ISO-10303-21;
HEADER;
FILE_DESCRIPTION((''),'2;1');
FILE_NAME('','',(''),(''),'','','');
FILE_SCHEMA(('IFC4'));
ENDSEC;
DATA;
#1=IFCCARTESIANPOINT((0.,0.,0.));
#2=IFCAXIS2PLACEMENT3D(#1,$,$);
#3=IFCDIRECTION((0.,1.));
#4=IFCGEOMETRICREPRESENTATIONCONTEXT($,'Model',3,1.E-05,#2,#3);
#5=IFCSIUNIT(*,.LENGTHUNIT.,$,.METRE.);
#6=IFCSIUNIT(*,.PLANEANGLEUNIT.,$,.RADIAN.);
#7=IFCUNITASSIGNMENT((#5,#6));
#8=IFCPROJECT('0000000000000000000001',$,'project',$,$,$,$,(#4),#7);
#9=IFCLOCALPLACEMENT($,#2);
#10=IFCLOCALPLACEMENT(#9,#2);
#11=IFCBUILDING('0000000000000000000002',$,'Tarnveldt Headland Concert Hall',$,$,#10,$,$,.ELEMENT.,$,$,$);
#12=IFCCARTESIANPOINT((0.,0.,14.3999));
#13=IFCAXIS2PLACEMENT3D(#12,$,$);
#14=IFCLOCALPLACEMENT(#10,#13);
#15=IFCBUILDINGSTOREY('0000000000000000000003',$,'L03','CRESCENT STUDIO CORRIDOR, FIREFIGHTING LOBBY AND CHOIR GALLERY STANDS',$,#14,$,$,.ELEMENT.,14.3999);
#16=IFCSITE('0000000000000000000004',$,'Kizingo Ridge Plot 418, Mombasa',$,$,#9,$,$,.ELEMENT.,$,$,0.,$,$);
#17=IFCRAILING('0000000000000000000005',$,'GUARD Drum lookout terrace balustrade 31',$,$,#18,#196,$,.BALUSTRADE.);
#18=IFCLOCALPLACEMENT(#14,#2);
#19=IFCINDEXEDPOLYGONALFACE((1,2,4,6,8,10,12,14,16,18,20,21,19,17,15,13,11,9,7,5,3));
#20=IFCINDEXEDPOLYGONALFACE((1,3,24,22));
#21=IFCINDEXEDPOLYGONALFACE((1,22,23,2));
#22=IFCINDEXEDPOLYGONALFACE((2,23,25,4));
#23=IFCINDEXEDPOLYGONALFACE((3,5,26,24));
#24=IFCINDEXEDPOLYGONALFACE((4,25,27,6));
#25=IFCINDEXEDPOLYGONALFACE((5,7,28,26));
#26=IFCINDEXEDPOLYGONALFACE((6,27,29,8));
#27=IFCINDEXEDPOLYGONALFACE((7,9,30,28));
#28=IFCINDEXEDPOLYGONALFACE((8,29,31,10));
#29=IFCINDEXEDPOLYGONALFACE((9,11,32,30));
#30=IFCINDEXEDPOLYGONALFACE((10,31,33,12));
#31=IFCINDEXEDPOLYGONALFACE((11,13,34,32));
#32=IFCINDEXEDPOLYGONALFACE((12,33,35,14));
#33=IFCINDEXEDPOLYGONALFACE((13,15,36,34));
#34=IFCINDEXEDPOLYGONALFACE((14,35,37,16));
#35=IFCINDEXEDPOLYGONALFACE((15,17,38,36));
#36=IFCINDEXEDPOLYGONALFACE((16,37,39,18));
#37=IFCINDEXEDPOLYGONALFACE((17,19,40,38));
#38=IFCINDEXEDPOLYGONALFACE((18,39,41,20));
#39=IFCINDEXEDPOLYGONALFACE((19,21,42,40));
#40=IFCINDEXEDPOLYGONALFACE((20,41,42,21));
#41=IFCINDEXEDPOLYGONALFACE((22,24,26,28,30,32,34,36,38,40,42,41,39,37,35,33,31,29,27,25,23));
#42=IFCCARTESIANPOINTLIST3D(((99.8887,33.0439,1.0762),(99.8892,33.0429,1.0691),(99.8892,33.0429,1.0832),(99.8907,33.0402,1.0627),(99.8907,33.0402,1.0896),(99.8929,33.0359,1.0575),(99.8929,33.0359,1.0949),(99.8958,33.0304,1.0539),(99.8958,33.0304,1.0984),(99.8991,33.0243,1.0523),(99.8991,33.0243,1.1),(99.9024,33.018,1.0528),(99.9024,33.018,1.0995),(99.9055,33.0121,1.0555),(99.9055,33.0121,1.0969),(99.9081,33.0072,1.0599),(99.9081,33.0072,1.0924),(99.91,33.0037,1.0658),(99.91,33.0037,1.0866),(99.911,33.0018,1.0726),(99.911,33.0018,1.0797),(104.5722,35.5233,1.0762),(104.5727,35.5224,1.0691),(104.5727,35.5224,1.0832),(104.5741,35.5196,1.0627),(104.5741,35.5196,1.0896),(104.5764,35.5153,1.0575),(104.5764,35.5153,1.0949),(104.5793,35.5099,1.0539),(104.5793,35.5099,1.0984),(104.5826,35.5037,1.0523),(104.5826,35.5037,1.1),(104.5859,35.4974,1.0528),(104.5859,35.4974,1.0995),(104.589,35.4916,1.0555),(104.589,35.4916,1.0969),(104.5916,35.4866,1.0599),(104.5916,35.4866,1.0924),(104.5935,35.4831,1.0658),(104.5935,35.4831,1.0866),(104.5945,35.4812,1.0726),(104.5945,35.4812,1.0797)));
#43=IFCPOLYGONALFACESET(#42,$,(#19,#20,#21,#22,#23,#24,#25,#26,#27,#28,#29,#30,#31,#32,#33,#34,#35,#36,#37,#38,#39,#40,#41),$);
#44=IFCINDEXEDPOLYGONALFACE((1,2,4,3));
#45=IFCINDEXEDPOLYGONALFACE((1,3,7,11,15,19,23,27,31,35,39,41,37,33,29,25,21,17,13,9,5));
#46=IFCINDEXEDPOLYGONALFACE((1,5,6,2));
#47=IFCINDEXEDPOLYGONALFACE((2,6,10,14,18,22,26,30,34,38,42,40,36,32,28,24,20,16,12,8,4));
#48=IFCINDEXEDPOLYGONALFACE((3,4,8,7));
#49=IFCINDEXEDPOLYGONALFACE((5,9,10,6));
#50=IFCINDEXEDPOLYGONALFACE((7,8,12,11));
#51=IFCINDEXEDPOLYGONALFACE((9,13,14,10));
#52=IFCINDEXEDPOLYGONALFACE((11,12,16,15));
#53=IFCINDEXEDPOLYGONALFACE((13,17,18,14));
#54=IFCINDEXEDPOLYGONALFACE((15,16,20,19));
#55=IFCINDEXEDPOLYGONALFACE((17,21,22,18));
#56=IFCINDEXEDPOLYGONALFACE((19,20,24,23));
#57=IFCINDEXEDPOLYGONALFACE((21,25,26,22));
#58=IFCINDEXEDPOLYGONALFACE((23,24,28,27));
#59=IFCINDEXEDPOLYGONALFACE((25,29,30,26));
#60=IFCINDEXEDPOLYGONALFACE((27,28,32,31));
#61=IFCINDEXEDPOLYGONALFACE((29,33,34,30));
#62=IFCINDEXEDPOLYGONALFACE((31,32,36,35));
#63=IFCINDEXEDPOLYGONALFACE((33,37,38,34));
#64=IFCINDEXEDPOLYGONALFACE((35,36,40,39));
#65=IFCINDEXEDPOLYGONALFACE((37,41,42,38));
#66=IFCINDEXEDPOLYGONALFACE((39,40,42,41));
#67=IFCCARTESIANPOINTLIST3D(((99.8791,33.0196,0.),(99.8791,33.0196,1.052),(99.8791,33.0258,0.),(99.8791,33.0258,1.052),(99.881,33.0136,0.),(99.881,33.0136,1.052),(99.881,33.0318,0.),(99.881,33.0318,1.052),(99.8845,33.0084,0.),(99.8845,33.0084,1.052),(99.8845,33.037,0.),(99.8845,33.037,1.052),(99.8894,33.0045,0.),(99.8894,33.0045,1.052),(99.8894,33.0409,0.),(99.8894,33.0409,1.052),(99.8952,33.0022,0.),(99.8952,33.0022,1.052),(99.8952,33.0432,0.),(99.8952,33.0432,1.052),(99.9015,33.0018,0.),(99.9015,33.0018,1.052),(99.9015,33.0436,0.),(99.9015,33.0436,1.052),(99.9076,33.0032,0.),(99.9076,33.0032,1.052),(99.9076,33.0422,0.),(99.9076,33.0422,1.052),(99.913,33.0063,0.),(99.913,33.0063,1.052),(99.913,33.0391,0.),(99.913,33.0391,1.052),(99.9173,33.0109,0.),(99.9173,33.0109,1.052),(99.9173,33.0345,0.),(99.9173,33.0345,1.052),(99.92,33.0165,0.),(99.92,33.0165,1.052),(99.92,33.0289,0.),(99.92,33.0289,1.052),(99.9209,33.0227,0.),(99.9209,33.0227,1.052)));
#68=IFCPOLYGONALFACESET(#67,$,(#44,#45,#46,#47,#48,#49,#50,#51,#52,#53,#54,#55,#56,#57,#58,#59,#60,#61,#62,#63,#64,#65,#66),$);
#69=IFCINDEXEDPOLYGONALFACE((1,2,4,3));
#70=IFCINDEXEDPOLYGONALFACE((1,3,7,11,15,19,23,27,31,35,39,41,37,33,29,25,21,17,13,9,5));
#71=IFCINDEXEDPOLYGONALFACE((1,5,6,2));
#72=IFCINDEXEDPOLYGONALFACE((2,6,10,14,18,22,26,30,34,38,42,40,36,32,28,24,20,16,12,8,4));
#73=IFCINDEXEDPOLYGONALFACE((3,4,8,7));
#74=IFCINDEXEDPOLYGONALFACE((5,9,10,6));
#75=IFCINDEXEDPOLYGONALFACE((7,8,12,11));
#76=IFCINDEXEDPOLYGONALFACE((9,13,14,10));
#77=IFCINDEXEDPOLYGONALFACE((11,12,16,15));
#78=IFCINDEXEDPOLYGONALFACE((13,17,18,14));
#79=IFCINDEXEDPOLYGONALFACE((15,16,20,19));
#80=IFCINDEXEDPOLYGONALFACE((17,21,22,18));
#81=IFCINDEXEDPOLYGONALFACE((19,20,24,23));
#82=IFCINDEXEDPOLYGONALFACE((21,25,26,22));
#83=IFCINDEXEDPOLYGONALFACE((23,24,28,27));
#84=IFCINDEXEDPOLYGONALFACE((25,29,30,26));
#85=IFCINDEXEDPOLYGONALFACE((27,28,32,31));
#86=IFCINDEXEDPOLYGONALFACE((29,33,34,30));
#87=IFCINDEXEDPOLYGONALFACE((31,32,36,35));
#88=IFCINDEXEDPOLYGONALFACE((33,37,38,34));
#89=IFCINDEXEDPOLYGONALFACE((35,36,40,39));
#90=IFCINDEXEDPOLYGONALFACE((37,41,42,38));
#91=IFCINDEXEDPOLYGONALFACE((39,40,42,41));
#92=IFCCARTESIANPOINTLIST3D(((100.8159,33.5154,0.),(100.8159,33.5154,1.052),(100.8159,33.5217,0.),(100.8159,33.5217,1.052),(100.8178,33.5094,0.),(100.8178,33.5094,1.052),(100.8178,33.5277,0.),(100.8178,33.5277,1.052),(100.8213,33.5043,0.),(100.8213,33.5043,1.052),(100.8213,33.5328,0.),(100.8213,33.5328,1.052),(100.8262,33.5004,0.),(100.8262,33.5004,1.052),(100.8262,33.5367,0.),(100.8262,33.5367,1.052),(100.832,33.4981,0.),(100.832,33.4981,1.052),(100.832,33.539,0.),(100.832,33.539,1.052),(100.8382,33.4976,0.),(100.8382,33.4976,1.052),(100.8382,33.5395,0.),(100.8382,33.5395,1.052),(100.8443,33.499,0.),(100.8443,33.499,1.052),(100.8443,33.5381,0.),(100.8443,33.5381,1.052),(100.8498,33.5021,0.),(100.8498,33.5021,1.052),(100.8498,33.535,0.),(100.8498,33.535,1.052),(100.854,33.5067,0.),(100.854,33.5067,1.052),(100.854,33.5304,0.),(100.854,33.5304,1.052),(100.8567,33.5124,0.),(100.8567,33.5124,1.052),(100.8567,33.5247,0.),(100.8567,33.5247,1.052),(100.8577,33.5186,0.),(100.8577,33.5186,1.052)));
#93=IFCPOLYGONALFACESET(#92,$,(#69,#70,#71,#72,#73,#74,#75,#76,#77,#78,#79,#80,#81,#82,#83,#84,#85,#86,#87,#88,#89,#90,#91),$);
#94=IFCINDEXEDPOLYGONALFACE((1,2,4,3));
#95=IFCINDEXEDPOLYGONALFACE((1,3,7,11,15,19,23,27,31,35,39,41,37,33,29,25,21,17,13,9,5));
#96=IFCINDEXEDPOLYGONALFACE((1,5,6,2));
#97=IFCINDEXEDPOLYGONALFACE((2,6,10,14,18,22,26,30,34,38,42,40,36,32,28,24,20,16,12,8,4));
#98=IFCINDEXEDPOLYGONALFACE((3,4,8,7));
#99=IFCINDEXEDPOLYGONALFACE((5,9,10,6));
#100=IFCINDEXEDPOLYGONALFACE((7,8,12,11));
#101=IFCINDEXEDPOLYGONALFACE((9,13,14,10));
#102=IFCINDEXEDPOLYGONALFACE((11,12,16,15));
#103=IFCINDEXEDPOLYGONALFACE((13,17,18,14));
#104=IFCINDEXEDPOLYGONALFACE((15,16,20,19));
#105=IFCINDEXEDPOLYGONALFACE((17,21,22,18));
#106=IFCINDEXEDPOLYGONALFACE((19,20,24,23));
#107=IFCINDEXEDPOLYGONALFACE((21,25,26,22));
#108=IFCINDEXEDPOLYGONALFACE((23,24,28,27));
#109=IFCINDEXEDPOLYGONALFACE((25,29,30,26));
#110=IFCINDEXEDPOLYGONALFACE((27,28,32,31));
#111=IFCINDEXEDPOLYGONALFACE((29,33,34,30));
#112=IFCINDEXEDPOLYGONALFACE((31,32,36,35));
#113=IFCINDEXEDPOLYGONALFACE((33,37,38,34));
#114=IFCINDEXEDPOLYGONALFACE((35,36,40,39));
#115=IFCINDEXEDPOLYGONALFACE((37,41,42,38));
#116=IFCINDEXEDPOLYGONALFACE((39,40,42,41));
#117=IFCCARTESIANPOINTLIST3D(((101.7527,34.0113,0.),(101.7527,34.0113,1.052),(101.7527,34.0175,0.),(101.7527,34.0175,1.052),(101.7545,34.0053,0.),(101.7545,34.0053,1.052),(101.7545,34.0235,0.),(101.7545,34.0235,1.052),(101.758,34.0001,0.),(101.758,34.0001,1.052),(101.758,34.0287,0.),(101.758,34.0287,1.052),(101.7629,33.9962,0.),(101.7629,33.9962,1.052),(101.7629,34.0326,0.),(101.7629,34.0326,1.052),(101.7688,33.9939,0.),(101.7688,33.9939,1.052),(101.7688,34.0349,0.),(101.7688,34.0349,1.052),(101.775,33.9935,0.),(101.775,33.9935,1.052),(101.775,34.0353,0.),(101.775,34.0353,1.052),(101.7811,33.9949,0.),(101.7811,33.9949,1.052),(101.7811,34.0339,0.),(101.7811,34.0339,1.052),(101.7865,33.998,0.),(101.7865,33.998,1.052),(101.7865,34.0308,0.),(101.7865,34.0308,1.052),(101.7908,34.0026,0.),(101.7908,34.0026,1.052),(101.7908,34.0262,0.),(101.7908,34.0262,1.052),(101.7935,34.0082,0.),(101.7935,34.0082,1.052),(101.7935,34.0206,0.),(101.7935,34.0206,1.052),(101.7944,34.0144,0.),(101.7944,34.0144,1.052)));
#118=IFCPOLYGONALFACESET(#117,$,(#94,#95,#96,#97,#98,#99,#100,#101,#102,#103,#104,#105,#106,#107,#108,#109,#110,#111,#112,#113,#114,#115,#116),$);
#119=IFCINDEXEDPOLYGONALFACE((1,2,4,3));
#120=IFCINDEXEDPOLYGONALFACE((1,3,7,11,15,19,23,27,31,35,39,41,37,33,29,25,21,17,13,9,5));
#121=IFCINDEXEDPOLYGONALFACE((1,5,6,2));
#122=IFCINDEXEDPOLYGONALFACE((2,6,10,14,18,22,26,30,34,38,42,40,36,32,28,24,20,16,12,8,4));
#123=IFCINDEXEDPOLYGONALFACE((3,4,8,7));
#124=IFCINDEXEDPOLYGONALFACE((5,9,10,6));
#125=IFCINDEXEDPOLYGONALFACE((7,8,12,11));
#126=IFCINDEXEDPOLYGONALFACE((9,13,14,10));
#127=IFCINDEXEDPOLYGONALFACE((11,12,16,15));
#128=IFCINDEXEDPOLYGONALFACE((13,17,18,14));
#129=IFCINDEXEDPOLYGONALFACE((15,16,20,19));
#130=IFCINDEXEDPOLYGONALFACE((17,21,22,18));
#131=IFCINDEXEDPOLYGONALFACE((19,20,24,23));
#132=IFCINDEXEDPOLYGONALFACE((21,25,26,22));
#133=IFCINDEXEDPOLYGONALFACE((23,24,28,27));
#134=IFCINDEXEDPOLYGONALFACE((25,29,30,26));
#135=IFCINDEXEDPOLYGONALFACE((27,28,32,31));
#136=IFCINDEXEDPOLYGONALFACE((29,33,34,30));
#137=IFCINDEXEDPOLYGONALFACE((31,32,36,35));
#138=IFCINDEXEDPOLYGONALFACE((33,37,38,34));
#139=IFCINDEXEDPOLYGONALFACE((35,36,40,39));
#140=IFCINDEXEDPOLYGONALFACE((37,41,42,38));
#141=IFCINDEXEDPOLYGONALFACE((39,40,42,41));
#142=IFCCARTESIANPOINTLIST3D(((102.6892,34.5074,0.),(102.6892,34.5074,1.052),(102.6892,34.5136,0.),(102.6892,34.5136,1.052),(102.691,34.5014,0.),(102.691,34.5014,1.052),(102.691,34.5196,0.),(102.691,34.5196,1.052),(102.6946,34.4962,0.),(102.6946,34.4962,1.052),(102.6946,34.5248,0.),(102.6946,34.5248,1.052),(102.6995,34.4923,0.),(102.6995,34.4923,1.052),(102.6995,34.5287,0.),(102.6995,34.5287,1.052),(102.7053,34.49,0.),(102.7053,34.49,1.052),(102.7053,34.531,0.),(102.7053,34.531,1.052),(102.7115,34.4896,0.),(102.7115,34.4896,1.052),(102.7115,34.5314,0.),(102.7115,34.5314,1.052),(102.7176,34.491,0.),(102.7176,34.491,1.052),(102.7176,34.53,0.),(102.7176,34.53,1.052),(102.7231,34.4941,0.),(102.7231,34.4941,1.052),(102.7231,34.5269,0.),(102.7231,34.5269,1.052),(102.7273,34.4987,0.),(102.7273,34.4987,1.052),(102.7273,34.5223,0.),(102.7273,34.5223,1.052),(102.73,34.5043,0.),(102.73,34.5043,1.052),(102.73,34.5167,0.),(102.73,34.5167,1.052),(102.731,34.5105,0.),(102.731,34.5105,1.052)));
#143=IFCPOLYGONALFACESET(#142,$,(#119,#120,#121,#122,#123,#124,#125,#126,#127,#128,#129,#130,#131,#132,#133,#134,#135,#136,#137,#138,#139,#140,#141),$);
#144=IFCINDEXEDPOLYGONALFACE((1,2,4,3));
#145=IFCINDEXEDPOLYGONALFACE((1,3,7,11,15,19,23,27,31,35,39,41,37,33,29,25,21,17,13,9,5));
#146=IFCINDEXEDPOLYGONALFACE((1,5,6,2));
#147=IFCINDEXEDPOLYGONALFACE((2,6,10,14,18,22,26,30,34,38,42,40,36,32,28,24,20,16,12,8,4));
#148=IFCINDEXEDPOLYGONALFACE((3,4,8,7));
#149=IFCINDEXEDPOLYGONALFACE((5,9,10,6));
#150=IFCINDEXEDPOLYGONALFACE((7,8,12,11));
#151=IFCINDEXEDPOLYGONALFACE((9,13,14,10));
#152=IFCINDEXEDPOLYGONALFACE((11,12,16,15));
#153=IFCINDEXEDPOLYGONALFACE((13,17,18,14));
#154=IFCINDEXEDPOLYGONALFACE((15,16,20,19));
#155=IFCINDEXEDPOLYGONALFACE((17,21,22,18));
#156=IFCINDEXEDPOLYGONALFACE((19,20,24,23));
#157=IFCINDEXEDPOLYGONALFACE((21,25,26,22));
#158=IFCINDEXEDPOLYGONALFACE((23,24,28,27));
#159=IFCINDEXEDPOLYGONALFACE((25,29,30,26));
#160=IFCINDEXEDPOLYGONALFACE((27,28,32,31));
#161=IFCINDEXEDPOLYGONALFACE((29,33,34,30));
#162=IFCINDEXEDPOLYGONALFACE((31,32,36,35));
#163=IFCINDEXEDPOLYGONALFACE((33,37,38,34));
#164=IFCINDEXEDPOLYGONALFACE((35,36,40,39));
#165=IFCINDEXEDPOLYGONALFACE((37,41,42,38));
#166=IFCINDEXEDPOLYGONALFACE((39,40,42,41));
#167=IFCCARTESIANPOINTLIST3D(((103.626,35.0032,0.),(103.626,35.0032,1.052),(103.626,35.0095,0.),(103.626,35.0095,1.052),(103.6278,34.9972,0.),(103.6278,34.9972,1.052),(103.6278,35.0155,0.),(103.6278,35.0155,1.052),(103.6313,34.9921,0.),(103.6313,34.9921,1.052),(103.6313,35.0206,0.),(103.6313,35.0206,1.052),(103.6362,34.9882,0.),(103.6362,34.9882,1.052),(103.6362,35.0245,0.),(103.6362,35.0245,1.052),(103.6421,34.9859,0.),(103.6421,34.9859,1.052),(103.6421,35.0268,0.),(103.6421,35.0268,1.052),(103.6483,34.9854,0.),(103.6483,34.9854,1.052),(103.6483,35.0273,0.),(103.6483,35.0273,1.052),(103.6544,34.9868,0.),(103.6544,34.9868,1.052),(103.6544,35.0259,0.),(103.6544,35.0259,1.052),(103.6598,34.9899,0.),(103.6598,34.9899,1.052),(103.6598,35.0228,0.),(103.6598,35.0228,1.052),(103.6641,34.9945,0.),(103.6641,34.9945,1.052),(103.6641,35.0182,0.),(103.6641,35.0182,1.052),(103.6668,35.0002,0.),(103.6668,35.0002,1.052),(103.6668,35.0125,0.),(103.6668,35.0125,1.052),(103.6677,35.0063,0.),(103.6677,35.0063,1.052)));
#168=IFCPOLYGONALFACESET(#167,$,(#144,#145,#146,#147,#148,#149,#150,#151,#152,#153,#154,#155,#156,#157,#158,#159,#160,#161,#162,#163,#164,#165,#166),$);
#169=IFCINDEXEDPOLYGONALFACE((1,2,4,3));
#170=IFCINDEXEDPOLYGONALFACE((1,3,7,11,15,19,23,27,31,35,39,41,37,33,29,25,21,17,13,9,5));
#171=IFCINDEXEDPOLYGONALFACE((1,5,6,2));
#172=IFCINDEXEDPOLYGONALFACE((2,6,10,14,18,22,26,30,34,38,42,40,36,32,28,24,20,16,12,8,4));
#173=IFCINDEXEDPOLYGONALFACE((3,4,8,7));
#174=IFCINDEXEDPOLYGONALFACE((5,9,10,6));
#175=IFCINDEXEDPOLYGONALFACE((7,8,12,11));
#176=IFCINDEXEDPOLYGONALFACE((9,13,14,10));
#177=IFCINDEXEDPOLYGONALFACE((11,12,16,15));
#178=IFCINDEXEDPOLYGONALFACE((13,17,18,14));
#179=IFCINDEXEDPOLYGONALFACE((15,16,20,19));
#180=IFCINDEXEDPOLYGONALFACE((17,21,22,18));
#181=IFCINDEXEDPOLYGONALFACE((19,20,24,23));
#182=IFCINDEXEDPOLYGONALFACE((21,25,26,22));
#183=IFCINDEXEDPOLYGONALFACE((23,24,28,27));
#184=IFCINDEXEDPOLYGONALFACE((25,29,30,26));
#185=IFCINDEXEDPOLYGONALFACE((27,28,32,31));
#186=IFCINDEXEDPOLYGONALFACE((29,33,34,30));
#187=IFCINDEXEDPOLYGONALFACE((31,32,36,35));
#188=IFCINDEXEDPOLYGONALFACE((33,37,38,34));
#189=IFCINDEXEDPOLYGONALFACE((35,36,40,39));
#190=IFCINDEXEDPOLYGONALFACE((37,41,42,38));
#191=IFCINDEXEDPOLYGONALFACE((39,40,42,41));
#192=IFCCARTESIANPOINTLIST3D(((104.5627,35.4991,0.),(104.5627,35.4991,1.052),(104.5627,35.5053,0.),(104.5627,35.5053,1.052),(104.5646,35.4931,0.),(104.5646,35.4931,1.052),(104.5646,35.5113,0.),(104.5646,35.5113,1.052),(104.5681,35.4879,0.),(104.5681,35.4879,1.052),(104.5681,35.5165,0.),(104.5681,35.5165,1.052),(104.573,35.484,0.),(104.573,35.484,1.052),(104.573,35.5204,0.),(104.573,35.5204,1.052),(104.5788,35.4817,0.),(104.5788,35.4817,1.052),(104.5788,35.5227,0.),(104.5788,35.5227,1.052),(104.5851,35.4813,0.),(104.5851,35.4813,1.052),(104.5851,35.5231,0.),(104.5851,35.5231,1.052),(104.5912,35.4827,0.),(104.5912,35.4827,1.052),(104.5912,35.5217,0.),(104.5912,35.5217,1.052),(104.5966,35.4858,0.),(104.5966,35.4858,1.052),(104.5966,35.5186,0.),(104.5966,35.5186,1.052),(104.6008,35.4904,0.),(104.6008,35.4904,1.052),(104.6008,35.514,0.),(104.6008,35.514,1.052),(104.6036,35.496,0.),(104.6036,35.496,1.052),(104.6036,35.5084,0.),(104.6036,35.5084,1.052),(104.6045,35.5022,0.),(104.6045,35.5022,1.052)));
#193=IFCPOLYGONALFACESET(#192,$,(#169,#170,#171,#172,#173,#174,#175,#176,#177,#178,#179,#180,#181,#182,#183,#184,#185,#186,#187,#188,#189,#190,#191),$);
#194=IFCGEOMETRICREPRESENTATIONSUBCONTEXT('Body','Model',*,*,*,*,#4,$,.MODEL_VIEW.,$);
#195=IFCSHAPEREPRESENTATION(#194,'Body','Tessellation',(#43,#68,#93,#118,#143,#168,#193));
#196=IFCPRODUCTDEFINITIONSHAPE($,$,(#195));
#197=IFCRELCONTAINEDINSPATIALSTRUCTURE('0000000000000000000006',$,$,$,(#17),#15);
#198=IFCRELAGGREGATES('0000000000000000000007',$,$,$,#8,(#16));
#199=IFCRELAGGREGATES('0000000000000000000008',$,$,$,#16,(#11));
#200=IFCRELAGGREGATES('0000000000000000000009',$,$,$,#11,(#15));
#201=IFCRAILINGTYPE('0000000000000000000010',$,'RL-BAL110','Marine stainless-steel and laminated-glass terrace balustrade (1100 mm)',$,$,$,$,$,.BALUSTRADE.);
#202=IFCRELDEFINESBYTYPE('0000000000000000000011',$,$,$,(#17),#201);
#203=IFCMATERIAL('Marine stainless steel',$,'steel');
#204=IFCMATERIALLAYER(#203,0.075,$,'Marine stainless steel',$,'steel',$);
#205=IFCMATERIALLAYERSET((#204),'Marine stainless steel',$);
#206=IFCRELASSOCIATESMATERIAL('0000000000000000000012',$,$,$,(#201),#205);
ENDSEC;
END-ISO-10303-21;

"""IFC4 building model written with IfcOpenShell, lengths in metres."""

from ifc_helpers import new_model, si_unit, direction, frame, origin, origin_2d, place, context, subcontext, project, spatial, circle, extrude, material, layer, layer_set, type_object, element, save


model = new_model("IFC4")

# Units and contexts
model_context = context("Model", 3, precision=1e-05, world=origin(), true_north=direction((0.0, 1.0)))
body_context = subcontext(model_context, "Body", "Model", "MODEL_VIEW")
ifc_project = project(units=[si_unit("LENGTHUNIT", "METRE"), si_unit("PLANEANGLEUNIT", "RADIAN")], contexts=[model_context])

# Site, building, storey
site_placement = place(None, origin())
site = spatial("IfcSite", under=ifc_project, at=site_placement, Name="Kizingo Ridge Plot 418, Mombasa", CompositionType="ELEMENT", RefElevation=0.0)
building_placement = place(site_placement, origin())
building = spatial("IfcBuilding", under=site, at=building_placement, Name="Tarnveldt Headland Concert Hall", CompositionType="ELEMENT")
storey_placement = place(building_placement, frame((0.0, 0.0, 14.3999)))
storey = spatial("IfcBuildingStorey", under=building, at=storey_placement, Name="L03", Description="CRESCENT STUDIO CORRIDOR, FIREFIGHTING LOBBY AND CHOIR GALLERY STANDS", CompositionType="ELEMENT", Elevation=14.3999)

# Railing
ifc_material_1 = material(Name="Marine stainless steel", Category="steel")
ifc_layer_1 = layer(ifc_material_1, 0.075, Name="Marine stainless steel", Category="steel")
ifc_layer_set_1 = layer_set([ifc_layer_1], Name="Marine stainless steel")
railing_type = type_object("IfcRailingType", Name="RL-BAL110", Description="Marine stainless-steel and laminated-glass terrace balustrade (1100 mm)", PredefinedType="BALUSTRADE", material=ifc_layer_set_1)
railing_1_placement = place(storey_placement, frame((99.8999, 33.0227, 0.0)))
element("IfcRailing", 1, at=railing_1_placement, inside=storey, type_object=railing_type, Name="GUARD Drum lookout terrace balustrade 31", PredefinedType="BALUSTRADE", context=body_context, shape_type="SweptSolid", body=[
    extrude(circle(Radius=0.0239, at=origin_2d()), frame((0.0, 0.0, 1.0762), z_axis=(0.883792, 0.467879, 0.0), x_axis=(-0.467879, 0.883792, 0.0)), (0.0, 0.0, 1.0), 5.2993),
    extrude(circle(Radius=0.021, at=origin_2d()), origin(), (0.0, 0.0, 1.0), 1.052),
    extrude(circle(Radius=0.021, at=origin_2d()), frame((0.9368, 0.4958, 0.0)), (0.0, 0.0, 1.0), 1.052),
    extrude(circle(Radius=0.021, at=origin_2d()), frame((1.8735, 0.9917, 0.0)), (0.0, 0.0, 1.0), 1.052),
    extrude(circle(Radius=0.021, at=origin_2d()), frame((2.8101, 1.4878, 0.0)), (0.0, 0.0, 1.0), 1.052),
    extrude(circle(Radius=0.021, at=origin_2d()), frame((3.7468, 1.9836, 0.0)), (0.0, 0.0, 1.0), 1.052),
    extrude(circle(Radius=0.021, at=origin_2d()), frame((4.6836, 2.4795, 0.0)), (0.0, 0.0, 1.0), 1.052),
])

save(model, "model.ifc")
